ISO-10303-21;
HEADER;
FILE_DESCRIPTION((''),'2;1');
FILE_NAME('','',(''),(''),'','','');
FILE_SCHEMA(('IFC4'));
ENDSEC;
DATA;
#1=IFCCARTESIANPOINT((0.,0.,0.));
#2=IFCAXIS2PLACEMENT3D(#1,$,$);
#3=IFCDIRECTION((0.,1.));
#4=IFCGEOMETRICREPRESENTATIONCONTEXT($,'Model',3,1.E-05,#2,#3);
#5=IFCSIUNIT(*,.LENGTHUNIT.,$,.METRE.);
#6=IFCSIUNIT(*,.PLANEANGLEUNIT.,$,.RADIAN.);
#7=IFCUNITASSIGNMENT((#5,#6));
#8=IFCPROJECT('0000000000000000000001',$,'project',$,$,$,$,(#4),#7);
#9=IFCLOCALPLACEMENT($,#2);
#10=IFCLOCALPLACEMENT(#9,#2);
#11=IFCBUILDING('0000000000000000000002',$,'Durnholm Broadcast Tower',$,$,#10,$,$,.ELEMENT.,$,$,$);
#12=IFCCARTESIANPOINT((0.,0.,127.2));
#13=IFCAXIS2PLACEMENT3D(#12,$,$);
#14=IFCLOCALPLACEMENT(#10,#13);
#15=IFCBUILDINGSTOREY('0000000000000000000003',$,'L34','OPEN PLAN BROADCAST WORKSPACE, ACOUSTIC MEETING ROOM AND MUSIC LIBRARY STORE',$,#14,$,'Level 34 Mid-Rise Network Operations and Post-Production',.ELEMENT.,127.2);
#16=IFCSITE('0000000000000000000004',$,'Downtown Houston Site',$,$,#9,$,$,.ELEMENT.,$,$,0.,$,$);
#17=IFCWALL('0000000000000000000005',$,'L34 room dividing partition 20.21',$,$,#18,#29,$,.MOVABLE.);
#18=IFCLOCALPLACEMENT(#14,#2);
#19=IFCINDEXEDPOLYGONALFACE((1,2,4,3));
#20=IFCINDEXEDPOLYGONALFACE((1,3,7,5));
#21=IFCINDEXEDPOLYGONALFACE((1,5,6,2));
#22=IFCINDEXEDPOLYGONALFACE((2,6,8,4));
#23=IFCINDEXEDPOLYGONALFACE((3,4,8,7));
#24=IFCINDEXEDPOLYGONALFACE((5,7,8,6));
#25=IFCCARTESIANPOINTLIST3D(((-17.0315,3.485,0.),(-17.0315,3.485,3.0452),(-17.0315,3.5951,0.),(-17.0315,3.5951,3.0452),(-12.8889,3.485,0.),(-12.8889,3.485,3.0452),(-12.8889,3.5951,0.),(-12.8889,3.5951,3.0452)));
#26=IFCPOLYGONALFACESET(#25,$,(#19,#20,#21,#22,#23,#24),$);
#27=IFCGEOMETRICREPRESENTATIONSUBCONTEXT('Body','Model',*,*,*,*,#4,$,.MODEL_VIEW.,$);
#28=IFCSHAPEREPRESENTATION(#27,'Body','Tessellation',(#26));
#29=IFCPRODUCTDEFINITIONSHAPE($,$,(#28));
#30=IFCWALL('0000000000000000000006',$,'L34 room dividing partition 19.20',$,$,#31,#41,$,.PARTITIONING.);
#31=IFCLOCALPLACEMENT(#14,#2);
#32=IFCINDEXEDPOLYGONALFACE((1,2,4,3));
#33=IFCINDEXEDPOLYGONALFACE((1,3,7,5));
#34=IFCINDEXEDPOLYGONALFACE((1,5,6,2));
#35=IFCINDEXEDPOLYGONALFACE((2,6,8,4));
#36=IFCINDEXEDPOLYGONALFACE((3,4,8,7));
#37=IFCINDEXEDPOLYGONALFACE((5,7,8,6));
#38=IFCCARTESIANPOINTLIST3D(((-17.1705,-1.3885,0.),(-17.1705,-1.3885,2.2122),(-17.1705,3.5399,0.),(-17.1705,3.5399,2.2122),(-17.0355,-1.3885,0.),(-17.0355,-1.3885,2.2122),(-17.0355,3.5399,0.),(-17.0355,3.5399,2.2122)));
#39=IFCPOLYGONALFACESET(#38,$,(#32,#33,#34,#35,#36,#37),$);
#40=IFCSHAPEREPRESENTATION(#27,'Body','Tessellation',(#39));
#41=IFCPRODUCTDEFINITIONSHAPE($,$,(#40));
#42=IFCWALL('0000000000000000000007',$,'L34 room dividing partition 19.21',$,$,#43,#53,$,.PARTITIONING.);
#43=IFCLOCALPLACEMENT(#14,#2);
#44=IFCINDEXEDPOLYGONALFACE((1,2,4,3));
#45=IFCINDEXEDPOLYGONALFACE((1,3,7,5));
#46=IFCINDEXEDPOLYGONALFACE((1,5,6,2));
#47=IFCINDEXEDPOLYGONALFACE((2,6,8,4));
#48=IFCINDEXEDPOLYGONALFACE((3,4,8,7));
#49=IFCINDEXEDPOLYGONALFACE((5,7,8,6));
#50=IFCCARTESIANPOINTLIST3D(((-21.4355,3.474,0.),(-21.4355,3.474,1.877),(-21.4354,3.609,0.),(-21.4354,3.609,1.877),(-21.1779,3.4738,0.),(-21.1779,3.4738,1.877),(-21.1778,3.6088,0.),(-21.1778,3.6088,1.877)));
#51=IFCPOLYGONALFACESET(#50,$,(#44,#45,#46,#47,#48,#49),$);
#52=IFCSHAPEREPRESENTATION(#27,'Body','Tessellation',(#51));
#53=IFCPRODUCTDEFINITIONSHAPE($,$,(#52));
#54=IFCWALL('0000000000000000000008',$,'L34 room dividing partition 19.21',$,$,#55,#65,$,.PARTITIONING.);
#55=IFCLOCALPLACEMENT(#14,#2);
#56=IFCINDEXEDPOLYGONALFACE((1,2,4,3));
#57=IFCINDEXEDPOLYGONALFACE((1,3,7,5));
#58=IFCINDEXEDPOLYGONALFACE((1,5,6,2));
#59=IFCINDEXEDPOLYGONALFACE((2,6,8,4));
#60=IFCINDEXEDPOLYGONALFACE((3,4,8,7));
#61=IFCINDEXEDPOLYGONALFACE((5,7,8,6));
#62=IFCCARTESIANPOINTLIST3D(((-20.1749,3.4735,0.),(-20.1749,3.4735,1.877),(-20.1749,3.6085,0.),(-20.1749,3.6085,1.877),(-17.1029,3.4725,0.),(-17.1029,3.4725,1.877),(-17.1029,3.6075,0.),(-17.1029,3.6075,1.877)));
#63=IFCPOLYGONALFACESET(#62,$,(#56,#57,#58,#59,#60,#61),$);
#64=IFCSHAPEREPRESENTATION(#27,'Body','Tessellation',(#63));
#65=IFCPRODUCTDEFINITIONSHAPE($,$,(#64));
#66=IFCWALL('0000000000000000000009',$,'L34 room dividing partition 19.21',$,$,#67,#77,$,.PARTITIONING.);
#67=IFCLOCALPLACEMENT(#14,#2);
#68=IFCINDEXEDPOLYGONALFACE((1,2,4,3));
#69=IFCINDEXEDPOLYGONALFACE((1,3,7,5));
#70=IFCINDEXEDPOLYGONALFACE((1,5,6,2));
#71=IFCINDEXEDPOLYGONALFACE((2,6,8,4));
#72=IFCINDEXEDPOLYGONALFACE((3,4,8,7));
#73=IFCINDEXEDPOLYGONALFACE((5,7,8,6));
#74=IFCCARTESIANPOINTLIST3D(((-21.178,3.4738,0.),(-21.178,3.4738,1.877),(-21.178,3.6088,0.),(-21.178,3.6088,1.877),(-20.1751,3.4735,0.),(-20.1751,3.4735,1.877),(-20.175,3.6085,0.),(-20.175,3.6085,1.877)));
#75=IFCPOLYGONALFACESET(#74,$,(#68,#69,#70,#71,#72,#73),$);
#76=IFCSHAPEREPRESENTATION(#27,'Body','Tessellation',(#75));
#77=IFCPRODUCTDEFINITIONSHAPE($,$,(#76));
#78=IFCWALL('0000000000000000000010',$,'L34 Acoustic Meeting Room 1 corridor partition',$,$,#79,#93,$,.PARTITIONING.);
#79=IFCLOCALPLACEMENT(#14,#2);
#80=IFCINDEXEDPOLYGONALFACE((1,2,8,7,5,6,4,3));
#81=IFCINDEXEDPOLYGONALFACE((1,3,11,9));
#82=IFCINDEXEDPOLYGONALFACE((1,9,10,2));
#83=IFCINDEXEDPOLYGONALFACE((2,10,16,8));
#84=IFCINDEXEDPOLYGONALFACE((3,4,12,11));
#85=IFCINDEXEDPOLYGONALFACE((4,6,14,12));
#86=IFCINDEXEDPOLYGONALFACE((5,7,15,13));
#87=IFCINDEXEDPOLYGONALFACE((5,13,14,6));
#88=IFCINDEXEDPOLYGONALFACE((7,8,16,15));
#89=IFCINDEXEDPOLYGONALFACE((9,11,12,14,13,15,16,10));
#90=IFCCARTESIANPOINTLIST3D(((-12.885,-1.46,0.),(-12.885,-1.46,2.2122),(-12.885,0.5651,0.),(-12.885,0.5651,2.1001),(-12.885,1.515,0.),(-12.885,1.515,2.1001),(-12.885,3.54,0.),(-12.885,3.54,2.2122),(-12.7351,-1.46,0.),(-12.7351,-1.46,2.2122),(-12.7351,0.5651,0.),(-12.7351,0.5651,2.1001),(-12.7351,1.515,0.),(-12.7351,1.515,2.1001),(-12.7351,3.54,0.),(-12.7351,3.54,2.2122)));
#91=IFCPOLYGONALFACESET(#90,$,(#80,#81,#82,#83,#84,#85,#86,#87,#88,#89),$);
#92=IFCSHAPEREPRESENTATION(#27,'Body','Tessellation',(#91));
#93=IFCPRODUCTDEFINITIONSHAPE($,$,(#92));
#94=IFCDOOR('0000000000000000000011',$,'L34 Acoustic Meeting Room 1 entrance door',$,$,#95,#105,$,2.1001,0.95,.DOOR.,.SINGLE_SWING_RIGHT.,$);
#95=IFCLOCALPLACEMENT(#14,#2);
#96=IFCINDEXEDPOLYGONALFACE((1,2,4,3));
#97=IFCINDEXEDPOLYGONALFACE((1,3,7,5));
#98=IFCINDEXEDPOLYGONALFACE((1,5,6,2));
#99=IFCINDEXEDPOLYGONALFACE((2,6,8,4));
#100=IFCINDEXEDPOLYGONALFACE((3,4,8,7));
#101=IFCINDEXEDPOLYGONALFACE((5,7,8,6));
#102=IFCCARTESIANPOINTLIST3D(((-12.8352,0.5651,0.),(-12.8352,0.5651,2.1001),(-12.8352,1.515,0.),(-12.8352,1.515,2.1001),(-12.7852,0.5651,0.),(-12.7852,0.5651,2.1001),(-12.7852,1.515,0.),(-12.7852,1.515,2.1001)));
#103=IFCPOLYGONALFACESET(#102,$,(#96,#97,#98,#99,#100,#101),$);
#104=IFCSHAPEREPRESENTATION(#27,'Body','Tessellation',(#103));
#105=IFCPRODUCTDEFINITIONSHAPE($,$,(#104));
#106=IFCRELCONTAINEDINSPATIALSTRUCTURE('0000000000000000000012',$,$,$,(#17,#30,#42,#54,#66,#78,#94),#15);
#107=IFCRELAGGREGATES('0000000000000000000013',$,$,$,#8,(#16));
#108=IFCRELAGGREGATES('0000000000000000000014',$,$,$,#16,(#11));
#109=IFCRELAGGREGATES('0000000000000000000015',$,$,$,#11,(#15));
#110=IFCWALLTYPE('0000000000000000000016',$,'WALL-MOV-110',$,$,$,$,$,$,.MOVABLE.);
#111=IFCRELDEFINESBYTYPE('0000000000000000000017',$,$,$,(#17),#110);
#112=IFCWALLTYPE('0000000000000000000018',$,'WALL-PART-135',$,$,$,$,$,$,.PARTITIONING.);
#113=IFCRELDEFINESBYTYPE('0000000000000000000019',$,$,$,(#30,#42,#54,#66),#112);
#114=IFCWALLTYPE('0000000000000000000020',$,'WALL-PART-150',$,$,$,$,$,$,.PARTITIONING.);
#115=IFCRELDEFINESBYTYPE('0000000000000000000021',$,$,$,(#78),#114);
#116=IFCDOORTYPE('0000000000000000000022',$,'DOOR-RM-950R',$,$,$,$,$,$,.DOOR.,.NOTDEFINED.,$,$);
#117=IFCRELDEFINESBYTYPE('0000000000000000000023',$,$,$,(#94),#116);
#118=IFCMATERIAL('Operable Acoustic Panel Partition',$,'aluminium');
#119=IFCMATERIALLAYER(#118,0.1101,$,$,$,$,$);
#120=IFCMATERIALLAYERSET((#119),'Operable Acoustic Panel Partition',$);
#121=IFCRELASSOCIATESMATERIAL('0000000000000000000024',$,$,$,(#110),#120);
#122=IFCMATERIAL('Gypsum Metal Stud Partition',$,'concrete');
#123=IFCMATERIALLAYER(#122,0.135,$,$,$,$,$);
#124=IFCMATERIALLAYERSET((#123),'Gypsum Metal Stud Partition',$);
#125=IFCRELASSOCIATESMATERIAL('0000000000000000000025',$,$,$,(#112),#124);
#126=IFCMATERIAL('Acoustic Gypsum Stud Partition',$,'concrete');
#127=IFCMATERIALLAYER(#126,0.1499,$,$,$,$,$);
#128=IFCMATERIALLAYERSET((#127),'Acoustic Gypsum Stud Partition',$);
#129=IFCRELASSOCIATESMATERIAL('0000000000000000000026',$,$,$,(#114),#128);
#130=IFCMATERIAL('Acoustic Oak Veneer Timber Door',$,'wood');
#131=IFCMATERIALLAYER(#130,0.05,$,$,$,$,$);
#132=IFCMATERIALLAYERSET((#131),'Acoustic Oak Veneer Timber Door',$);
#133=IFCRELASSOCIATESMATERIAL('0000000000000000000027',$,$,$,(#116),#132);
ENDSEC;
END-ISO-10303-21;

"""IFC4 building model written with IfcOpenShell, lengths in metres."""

from ifc_helpers import new_model, si_unit, direction, frame, frame_2d, origin, place, context, subcontext, project, spatial, rectangle, extrude, source, transform, mapped, material, layer, layer_set, type_object, type_shapes, element, fill, save


model = new_model("IFC4")

# Units and contexts
model_context = context("Model", 3, precision=1e-05, world=origin(), true_north=direction((0.0, 1.0)))
body_context = subcontext(model_context, "Body", "Model", "MODEL_VIEW")
ifc_project = project(units=[si_unit("LENGTHUNIT", "METRE"), si_unit("PLANEANGLEUNIT", "RADIAN")], contexts=[model_context])

# Site, building, storey
site_placement = place(None, origin())
site = spatial("IfcSite", under=ifc_project, at=site_placement, Name="Downtown Houston Site", CompositionType="ELEMENT", RefElevation=0.0)
building_placement = place(site_placement, origin())
building = spatial("IfcBuilding", under=site, at=building_placement, Name="Durnholm Broadcast Tower", CompositionType="ELEMENT")
storey_placement = place(building_placement, frame((0.0, 0.0, 127.2)))
storey = spatial("IfcBuildingStorey", under=building, at=storey_placement, Name="L34", Description="OPEN PLAN BROADCAST WORKSPACE, ACOUSTIC MEETING ROOM AND MUSIC LIBRARY STORE", LongName="Level 34 Mid-Rise Network Operations and Post-Production", CompositionType="ELEMENT", Elevation=127.2)

# Walls
ifc_material_1 = material(Name="Operable Acoustic Panel Partition", Category="aluminium")
ifc_layer_1 = layer(ifc_material_1, 0.1101)
ifc_layer_set_1 = layer_set([ifc_layer_1], Name="Operable Acoustic Panel Partition")
wall_type_1 = type_object("IfcWallType", Name="WALL-MOV-110", PredefinedType="MOVABLE", material=ifc_layer_set_1)
wall_1_placement = place(storey_placement, frame((-17.0315, 3.54, 0.0), z_axis=(0.0, 0.0, 1.0), x_axis=(1.0, 0.0, 0.0)))
element("IfcWall", 1, at=wall_1_placement, inside=storey, type_object=wall_type_1, Name="L34 room dividing partition 20.21", PredefinedType="MOVABLE", context=body_context, shape_type="SweptSolid", body=[
    extrude(rectangle(XDim=4.1426, YDim=0.1101, at=frame_2d((2.0713, 0.0))), origin(), (0.0, 0.0, 1.0), 3.0452),
])
ifc_material_2 = material(Name="Gypsum Metal Stud Partition", Category="concrete")
ifc_layer_2 = layer(ifc_material_2, 0.135)
ifc_layer_set_2 = layer_set([ifc_layer_2], Name="Gypsum Metal Stud Partition")
wall_type_2 = type_object("IfcWallType", Name="WALL-PART-135", PredefinedType="PARTITIONING", material=ifc_layer_set_2)
wall_2_placement = place(storey_placement, frame((-17.103, 3.54, 0.0), z_axis=(0.0, 0.0, 1.0), x_axis=(0.0, -1.0, 0.0)))
element("IfcWall", 2, at=wall_2_placement, inside=storey, type_object=wall_type_2, Name="L34 room dividing partition 19.20", PredefinedType="PARTITIONING", context=body_context, shape_type="SweptSolid", body=[
    extrude(rectangle(XDim=4.9285, YDim=0.135, at=frame_2d((2.4644, 0.0))), origin(), (0.0, 0.0, 1.0), 2.2122),
])
wall_3_placement = place(storey_placement, frame((-21.4355, 3.5415, 0.0), z_axis=(0.0, 0.0, 1.0), x_axis=(1.0, -0.000948, 0.0)))
element("IfcWall", 3, at=wall_3_placement, inside=storey, type_object=wall_type_2, Name="L34 room dividing partition 19.21", PredefinedType="PARTITIONING", context=body_context, shape_type="SweptSolid", body=[
    extrude(rectangle(XDim=0.2576, YDim=0.135, at=frame_2d((0.1289, 0.0))), origin(), (0.0, 0.0, 1.0), 1.877),
])
wall_4_placement = place(storey_placement, frame((-20.175, 3.541, 0.0), z_axis=(0.0, 0.0, 1.0), x_axis=(1.0, -0.000318, 0.0)))
element("IfcWall", 4, at=wall_4_placement, inside=storey, type_object=wall_type_2, Name="L34 room dividing partition 19.21", PredefinedType="PARTITIONING", context=body_context, shape_type="SweptSolid", body=[
    extrude(rectangle(XDim=3.072, YDim=0.135, at=frame_2d((1.5361, 0.0))), origin(), (0.0, 0.0, 1.0), 1.877),
])
wall_5_placement = place(storey_placement, frame((-21.178, 3.5413, 0.0), z_axis=(0.0, 0.0, 1.0), x_axis=(1.0, -0.000243, 0.0)))
element("IfcWall", 5, at=wall_5_placement, inside=storey, type_object=wall_type_2, Name="L34 room dividing partition 19.21", PredefinedType="PARTITIONING", context=body_context, shape_type="SweptSolid", body=[
    extrude(rectangle(XDim=1.0029, YDim=0.135, at=frame_2d((0.5015, 0.0))), origin(), (0.0, 0.0, 1.0), 1.877),
])

# Wall, opening, door
ifc_material_3 = material(Name="Acoustic Gypsum Stud Partition", Category="concrete")
ifc_layer_3 = layer(ifc_material_3, 0.1499)
ifc_layer_set_3 = layer_set([ifc_layer_3], Name="Acoustic Gypsum Stud Partition")
wall_type_3 = type_object("IfcWallType", Name="WALL-PART-150", PredefinedType="PARTITIONING", material=ifc_layer_set_3)
wall_6_placement = place(storey_placement, frame((-12.8101, 3.54, 0.0), z_axis=(0.0, 0.0, 1.0), x_axis=(0.0, -1.0, 0.0)))
wall_6 = element("IfcWall", 6, at=wall_6_placement, inside=storey, type_object=wall_type_3, Name="L34 Acoustic Meeting Room 1 corridor partition", PredefinedType="PARTITIONING", context=body_context, shape_type="SweptSolid", body=[
    extrude(rectangle(XDim=5.0, YDim=0.1499, at=frame_2d((2.5, 0.0))), origin(), (0.0, 0.0, 1.0), 2.2122),
])
opening_placement = place(wall_6_placement, frame((2.0249, 0.0, 0.0)))
opening = element("IfcOpeningElement", 7, at=opening_placement, cuts=wall_6, PredefinedType="OPENING", context=body_context, shape_type="SweptSolid", body=[
    extrude(rectangle(XDim=0.95, YDim=2.1001, at=frame_2d((0.4751, 1.05))), frame((0.0, 0.085, 0.0), z_axis=(0.0, -1.0, 0.0), x_axis=(1.0, 0.0, 0.0)), (0.0, 0.0, 1.0), 0.1699),
])
ifc_material_4 = material(Name="Acoustic Oak Veneer Timber Door", Category="wood")
ifc_layer_4 = layer(ifc_material_4, 0.05)
ifc_layer_set_4 = layer_set([ifc_layer_4], Name="Acoustic Oak Veneer Timber Door")
door_type = type_object("IfcDoorType", Name="DOOR-RM-950R", OperationType="NOTDEFINED", PredefinedType="DOOR", material=ifc_layer_set_4)
shared_shape_1 = source(origin(), body_context, "Body", "SweptSolid", [
    extrude(rectangle(XDim=0.95, YDim=2.1001, at=frame_2d((0.4751, 1.05))), frame((0.0, 0.0249, 0.0), z_axis=(0.0, -1.0, 0.0), x_axis=(1.0, 0.0, 0.0)), (0.0, 0.0, 1.0), 0.05),
])
type_shapes(door_type, [shared_shape_1])
door_placement = place(opening_placement, origin())
door = element("IfcDoor", 8, at=door_placement, inside=storey, type_object=door_type, Name="L34 Acoustic Meeting Room 1 entrance door", OperationType="SINGLE_SWING_RIGHT", OverallHeight=2.1001, OverallWidth=0.95, PredefinedType="DOOR", context=body_context, shape_type="MappedRepresentation", body=[
    mapped(shared_shape_1, transform((0.0, 0.0, 0.0), x_axis=(1.0, 0.0, 0.0), y_axis=(0.0, 1.0, 0.0), z_axis=(0.0, 0.0, 1.0), scale=1.0)),
])
fill(opening, door)

save(model, "model.ifc")
